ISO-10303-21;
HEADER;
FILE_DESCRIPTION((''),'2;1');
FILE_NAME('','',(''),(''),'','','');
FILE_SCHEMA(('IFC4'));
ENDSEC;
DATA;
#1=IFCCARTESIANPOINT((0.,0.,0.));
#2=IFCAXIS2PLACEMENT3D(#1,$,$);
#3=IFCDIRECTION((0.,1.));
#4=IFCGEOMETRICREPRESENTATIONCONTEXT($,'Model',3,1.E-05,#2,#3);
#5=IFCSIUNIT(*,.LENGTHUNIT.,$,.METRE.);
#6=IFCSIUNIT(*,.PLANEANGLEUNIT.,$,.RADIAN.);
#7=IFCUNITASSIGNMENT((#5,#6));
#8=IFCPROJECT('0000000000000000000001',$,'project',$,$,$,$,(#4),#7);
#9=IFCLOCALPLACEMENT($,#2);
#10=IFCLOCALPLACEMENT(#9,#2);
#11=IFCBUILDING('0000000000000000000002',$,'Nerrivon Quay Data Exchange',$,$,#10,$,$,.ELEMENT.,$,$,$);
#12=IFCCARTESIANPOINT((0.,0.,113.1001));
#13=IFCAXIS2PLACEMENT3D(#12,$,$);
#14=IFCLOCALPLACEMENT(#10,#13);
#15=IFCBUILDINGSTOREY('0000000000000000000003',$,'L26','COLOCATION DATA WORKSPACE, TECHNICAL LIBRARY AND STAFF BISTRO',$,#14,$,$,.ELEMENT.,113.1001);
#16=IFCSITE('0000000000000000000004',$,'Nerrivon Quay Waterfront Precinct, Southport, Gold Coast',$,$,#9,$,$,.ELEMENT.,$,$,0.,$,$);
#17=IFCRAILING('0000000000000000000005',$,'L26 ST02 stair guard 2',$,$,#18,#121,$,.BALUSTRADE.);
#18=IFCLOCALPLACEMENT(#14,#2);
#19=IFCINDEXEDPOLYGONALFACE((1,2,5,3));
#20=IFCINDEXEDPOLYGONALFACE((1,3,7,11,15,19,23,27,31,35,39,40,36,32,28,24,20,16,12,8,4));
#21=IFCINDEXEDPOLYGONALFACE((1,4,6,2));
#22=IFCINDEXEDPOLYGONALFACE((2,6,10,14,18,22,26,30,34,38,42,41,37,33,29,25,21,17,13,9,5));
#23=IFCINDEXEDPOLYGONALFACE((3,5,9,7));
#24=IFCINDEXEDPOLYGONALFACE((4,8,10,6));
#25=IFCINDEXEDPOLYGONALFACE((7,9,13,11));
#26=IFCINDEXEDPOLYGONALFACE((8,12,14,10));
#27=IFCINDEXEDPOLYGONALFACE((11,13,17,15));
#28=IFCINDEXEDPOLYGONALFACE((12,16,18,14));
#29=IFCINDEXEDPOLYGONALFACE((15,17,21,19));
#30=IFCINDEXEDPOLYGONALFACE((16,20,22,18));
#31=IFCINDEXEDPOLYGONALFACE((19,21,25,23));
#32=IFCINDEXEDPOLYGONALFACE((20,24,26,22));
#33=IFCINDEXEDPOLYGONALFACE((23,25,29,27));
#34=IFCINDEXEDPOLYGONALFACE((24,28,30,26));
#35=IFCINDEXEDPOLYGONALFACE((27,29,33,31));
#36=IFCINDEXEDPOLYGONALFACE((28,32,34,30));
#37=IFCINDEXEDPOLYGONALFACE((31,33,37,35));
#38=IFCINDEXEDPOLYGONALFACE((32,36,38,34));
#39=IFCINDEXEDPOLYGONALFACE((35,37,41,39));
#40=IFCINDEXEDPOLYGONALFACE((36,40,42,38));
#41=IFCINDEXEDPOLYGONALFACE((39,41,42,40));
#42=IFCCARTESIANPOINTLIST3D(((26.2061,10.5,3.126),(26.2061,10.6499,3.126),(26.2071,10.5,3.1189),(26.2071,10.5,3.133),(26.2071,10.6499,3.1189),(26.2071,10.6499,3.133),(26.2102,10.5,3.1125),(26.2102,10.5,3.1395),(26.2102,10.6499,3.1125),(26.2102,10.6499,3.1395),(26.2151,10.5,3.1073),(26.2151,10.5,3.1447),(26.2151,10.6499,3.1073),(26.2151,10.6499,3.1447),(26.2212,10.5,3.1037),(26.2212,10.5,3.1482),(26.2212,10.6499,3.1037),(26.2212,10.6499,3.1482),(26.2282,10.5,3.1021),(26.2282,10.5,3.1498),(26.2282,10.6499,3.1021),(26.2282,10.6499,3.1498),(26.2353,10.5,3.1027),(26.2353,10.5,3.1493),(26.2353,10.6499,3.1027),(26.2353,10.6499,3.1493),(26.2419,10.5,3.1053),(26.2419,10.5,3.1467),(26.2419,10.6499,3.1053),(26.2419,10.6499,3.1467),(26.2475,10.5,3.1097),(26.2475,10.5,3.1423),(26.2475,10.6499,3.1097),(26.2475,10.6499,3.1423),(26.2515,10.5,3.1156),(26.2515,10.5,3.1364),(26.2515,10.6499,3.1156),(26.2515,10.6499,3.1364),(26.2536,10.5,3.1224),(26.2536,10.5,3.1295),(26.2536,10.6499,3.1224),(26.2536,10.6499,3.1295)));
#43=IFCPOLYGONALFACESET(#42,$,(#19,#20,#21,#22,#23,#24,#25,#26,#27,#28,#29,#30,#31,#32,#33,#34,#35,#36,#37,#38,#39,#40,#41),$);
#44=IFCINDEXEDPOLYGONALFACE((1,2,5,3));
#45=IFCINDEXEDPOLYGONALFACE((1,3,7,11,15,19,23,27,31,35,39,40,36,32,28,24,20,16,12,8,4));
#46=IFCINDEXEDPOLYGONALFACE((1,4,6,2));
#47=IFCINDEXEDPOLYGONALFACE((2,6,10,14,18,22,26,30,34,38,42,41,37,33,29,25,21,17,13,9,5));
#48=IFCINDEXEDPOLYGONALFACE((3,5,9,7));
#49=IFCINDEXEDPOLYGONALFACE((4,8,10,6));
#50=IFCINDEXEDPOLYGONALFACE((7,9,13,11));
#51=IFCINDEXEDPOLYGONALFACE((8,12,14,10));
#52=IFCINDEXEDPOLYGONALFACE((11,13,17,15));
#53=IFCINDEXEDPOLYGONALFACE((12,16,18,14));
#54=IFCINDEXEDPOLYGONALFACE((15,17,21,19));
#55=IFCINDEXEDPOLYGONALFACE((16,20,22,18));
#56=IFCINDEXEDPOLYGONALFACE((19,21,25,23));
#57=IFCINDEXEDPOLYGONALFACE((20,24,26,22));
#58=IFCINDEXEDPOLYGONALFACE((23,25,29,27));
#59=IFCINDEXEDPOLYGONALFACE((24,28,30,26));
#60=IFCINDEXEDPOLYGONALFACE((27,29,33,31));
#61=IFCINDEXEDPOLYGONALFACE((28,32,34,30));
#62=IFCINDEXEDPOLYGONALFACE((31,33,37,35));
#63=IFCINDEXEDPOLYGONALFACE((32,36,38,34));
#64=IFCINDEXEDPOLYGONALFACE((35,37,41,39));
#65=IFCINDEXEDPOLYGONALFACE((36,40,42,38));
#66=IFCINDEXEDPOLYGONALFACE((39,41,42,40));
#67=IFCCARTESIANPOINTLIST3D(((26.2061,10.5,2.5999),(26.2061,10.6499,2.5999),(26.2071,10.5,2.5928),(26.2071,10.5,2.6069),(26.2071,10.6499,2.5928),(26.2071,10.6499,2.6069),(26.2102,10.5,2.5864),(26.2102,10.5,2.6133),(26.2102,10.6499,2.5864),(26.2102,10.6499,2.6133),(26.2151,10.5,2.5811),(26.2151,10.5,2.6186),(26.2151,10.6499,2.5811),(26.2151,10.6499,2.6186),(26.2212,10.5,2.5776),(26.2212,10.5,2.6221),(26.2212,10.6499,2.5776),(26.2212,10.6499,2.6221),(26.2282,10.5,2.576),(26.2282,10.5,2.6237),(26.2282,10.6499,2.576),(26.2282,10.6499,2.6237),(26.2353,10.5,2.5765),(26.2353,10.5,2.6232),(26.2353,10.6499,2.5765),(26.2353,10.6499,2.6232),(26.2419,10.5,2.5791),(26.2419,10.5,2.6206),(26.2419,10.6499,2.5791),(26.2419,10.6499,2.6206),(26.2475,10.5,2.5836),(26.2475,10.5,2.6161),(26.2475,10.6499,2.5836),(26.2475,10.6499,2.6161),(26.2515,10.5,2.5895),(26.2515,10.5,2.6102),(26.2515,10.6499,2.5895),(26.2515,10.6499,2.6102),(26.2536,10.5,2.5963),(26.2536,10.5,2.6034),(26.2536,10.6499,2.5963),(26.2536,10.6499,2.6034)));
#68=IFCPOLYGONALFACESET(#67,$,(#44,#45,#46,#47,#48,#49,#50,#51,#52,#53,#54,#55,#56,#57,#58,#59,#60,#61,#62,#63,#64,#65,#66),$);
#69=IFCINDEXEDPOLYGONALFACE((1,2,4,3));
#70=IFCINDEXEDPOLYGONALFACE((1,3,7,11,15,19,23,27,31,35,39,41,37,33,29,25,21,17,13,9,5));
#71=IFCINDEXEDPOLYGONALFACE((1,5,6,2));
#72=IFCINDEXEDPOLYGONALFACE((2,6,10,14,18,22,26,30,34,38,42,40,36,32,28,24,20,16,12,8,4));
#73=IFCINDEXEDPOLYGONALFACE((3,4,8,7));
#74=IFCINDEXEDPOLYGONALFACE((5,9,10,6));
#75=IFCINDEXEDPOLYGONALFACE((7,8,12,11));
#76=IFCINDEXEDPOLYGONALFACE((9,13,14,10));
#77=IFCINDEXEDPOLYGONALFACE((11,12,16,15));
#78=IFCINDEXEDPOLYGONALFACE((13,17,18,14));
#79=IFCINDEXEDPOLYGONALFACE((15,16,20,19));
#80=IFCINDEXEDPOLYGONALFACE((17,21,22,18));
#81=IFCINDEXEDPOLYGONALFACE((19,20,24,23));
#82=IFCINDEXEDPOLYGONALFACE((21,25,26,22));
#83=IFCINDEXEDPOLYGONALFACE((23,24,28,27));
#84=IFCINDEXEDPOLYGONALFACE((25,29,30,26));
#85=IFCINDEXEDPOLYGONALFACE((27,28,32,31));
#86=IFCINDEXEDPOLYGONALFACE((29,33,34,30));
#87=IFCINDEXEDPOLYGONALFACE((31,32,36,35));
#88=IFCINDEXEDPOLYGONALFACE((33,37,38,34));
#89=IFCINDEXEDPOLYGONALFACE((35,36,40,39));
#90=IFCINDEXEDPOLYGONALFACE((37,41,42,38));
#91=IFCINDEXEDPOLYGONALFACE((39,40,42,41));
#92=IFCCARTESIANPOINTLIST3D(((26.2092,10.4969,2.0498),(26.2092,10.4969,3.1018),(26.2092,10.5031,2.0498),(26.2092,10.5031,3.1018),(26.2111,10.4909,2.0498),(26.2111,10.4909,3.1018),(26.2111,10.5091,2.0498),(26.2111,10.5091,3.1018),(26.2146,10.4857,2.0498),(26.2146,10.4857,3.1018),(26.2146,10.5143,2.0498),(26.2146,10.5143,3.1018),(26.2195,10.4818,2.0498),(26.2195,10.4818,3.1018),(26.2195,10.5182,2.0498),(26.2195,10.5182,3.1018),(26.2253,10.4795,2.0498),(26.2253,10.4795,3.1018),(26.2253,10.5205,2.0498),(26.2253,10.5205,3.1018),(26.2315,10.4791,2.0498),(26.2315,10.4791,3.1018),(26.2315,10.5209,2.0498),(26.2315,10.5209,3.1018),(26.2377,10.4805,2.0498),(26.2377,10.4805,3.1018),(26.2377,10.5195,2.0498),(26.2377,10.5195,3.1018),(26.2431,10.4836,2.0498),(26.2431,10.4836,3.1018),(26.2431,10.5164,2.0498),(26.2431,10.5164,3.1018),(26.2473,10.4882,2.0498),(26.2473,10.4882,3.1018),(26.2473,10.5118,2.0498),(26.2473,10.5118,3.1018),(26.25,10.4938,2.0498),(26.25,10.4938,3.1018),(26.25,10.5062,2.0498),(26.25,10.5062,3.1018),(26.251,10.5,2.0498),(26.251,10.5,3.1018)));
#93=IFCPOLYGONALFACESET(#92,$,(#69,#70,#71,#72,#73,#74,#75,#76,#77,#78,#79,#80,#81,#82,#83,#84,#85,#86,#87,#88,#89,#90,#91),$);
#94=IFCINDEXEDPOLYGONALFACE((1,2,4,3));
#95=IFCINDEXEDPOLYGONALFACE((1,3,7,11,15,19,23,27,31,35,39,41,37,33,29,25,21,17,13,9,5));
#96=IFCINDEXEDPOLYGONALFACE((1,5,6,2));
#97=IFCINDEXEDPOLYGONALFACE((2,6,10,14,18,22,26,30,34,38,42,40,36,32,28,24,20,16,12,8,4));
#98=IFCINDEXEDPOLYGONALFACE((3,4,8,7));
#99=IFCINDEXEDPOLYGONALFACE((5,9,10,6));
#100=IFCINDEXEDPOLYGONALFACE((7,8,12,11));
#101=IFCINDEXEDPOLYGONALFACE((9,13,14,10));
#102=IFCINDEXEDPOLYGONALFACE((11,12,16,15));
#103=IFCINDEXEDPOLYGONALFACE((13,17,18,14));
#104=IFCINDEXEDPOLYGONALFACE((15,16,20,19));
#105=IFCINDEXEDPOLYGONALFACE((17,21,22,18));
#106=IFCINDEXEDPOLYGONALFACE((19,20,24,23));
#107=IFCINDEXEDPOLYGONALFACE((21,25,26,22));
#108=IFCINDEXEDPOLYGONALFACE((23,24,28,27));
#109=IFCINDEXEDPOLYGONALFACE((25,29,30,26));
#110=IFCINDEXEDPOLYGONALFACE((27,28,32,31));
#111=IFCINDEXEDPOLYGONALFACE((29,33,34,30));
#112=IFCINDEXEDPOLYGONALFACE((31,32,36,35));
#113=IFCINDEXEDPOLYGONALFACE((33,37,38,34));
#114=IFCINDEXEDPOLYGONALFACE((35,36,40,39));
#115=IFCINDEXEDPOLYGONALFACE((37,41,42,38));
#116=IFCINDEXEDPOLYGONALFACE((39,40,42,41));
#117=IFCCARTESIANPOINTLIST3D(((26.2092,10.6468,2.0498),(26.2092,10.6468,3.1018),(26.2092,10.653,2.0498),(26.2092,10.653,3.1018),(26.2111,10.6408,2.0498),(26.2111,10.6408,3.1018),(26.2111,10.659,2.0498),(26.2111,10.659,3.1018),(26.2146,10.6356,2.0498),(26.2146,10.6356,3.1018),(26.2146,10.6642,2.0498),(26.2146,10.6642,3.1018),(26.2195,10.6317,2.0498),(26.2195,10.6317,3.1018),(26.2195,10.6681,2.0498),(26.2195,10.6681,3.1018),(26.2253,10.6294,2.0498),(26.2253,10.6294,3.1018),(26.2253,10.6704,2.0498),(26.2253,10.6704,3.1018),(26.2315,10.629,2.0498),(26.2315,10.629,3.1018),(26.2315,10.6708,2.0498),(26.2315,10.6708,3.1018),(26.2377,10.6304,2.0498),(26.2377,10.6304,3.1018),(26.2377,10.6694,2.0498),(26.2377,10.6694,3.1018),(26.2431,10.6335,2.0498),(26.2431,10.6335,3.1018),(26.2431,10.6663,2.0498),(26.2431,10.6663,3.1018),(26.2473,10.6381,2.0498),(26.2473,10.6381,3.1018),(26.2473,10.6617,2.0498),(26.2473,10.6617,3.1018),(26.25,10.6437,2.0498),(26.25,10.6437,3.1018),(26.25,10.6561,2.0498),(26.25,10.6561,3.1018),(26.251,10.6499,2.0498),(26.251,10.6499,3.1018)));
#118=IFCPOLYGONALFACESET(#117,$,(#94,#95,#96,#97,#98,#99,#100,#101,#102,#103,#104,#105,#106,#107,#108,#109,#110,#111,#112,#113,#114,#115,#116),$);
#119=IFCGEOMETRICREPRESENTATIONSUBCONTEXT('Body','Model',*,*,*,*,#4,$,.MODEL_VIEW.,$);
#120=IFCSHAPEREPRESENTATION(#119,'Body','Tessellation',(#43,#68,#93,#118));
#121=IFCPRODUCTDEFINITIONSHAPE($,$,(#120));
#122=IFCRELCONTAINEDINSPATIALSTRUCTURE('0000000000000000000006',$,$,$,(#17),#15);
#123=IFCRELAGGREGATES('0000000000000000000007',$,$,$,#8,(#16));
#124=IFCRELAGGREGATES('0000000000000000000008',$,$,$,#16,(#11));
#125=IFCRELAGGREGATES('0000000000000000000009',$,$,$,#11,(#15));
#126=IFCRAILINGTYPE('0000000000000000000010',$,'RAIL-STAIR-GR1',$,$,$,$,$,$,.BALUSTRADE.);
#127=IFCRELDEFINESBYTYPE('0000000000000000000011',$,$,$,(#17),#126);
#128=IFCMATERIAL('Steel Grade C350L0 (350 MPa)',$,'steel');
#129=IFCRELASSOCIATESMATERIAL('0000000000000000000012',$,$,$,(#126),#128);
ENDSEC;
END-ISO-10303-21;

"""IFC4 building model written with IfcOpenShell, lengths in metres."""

from ifc_helpers import new_model, si_unit, direction, frame, origin, origin_2d, place, context, subcontext, project, spatial, circle, extrude, material, type_object, element, save


model = new_model("IFC4")

# Units and contexts
model_context = context("Model", 3, precision=1e-05, world=origin(), true_north=direction((0.0, 1.0)))
body_context = subcontext(model_context, "Body", "Model", "MODEL_VIEW")
ifc_project = project(units=[si_unit("LENGTHUNIT", "METRE"), si_unit("PLANEANGLEUNIT", "RADIAN")], contexts=[model_context])

# Site, building, storey
site_placement = place(None, origin())
site = spatial("IfcSite", under=ifc_project, at=site_placement, Name="Nerrivon Quay Waterfront Precinct, Southport, Gold Coast", CompositionType="ELEMENT", RefElevation=0.0)
building_placement = place(site_placement, origin())
building = spatial("IfcBuilding", under=site, at=building_placement, Name="Nerrivon Quay Data Exchange", CompositionType="ELEMENT")
storey_placement = place(building_placement, frame((0.0, 0.0, 113.1001)))
storey = spatial("IfcBuildingStorey", under=building, at=storey_placement, Name="L26", Description="COLOCATION DATA WORKSPACE, TECHNICAL LIBRARY AND STAFF BISTRO", CompositionType="ELEMENT", Elevation=113.1001)

# Railing
ifc_material_1 = material(Name="Steel Grade C350L0 (350 MPa)", Category="steel")
railing_type_1 = type_object("IfcRailingType", Name="RAIL-STAIR-GR1", PredefinedType="BALUSTRADE", material=ifc_material_1)
railing_1_placement = place(storey_placement, frame((26.23, 10.5, 2.0498)))
element("IfcRailing", 1, at=railing_1_placement, inside=storey, type_object=railing_type_1, Name="L26 ST02 stair guard 2", PredefinedType="BALUSTRADE", context=body_context, shape_type="SweptSolid", body=[
    extrude(circle(Radius=0.0239, at=origin_2d()), frame((0.0, 0.0, 1.0762), z_axis=(0.0, 1.0, 0.0), x_axis=(-1.0, 0.0, 0.0)), (0.0, 0.0, 1.0), 0.1499),
    extrude(circle(Radius=0.0239, at=origin_2d()), frame((0.0, 0.0, 0.55), z_axis=(0.0, 1.0, 0.0), x_axis=(-1.0, 0.0, 0.0)), (0.0, 0.0, 1.0), 0.1499),
    extrude(circle(Radius=0.021, at=origin_2d()), origin(), (0.0, 0.0, 1.0), 1.052),
    extrude(circle(Radius=0.021, at=origin_2d()), frame((0.0, 0.1499, 0.0)), (0.0, 0.0, 1.0), 1.052),
])

save(model, "model.ifc")
